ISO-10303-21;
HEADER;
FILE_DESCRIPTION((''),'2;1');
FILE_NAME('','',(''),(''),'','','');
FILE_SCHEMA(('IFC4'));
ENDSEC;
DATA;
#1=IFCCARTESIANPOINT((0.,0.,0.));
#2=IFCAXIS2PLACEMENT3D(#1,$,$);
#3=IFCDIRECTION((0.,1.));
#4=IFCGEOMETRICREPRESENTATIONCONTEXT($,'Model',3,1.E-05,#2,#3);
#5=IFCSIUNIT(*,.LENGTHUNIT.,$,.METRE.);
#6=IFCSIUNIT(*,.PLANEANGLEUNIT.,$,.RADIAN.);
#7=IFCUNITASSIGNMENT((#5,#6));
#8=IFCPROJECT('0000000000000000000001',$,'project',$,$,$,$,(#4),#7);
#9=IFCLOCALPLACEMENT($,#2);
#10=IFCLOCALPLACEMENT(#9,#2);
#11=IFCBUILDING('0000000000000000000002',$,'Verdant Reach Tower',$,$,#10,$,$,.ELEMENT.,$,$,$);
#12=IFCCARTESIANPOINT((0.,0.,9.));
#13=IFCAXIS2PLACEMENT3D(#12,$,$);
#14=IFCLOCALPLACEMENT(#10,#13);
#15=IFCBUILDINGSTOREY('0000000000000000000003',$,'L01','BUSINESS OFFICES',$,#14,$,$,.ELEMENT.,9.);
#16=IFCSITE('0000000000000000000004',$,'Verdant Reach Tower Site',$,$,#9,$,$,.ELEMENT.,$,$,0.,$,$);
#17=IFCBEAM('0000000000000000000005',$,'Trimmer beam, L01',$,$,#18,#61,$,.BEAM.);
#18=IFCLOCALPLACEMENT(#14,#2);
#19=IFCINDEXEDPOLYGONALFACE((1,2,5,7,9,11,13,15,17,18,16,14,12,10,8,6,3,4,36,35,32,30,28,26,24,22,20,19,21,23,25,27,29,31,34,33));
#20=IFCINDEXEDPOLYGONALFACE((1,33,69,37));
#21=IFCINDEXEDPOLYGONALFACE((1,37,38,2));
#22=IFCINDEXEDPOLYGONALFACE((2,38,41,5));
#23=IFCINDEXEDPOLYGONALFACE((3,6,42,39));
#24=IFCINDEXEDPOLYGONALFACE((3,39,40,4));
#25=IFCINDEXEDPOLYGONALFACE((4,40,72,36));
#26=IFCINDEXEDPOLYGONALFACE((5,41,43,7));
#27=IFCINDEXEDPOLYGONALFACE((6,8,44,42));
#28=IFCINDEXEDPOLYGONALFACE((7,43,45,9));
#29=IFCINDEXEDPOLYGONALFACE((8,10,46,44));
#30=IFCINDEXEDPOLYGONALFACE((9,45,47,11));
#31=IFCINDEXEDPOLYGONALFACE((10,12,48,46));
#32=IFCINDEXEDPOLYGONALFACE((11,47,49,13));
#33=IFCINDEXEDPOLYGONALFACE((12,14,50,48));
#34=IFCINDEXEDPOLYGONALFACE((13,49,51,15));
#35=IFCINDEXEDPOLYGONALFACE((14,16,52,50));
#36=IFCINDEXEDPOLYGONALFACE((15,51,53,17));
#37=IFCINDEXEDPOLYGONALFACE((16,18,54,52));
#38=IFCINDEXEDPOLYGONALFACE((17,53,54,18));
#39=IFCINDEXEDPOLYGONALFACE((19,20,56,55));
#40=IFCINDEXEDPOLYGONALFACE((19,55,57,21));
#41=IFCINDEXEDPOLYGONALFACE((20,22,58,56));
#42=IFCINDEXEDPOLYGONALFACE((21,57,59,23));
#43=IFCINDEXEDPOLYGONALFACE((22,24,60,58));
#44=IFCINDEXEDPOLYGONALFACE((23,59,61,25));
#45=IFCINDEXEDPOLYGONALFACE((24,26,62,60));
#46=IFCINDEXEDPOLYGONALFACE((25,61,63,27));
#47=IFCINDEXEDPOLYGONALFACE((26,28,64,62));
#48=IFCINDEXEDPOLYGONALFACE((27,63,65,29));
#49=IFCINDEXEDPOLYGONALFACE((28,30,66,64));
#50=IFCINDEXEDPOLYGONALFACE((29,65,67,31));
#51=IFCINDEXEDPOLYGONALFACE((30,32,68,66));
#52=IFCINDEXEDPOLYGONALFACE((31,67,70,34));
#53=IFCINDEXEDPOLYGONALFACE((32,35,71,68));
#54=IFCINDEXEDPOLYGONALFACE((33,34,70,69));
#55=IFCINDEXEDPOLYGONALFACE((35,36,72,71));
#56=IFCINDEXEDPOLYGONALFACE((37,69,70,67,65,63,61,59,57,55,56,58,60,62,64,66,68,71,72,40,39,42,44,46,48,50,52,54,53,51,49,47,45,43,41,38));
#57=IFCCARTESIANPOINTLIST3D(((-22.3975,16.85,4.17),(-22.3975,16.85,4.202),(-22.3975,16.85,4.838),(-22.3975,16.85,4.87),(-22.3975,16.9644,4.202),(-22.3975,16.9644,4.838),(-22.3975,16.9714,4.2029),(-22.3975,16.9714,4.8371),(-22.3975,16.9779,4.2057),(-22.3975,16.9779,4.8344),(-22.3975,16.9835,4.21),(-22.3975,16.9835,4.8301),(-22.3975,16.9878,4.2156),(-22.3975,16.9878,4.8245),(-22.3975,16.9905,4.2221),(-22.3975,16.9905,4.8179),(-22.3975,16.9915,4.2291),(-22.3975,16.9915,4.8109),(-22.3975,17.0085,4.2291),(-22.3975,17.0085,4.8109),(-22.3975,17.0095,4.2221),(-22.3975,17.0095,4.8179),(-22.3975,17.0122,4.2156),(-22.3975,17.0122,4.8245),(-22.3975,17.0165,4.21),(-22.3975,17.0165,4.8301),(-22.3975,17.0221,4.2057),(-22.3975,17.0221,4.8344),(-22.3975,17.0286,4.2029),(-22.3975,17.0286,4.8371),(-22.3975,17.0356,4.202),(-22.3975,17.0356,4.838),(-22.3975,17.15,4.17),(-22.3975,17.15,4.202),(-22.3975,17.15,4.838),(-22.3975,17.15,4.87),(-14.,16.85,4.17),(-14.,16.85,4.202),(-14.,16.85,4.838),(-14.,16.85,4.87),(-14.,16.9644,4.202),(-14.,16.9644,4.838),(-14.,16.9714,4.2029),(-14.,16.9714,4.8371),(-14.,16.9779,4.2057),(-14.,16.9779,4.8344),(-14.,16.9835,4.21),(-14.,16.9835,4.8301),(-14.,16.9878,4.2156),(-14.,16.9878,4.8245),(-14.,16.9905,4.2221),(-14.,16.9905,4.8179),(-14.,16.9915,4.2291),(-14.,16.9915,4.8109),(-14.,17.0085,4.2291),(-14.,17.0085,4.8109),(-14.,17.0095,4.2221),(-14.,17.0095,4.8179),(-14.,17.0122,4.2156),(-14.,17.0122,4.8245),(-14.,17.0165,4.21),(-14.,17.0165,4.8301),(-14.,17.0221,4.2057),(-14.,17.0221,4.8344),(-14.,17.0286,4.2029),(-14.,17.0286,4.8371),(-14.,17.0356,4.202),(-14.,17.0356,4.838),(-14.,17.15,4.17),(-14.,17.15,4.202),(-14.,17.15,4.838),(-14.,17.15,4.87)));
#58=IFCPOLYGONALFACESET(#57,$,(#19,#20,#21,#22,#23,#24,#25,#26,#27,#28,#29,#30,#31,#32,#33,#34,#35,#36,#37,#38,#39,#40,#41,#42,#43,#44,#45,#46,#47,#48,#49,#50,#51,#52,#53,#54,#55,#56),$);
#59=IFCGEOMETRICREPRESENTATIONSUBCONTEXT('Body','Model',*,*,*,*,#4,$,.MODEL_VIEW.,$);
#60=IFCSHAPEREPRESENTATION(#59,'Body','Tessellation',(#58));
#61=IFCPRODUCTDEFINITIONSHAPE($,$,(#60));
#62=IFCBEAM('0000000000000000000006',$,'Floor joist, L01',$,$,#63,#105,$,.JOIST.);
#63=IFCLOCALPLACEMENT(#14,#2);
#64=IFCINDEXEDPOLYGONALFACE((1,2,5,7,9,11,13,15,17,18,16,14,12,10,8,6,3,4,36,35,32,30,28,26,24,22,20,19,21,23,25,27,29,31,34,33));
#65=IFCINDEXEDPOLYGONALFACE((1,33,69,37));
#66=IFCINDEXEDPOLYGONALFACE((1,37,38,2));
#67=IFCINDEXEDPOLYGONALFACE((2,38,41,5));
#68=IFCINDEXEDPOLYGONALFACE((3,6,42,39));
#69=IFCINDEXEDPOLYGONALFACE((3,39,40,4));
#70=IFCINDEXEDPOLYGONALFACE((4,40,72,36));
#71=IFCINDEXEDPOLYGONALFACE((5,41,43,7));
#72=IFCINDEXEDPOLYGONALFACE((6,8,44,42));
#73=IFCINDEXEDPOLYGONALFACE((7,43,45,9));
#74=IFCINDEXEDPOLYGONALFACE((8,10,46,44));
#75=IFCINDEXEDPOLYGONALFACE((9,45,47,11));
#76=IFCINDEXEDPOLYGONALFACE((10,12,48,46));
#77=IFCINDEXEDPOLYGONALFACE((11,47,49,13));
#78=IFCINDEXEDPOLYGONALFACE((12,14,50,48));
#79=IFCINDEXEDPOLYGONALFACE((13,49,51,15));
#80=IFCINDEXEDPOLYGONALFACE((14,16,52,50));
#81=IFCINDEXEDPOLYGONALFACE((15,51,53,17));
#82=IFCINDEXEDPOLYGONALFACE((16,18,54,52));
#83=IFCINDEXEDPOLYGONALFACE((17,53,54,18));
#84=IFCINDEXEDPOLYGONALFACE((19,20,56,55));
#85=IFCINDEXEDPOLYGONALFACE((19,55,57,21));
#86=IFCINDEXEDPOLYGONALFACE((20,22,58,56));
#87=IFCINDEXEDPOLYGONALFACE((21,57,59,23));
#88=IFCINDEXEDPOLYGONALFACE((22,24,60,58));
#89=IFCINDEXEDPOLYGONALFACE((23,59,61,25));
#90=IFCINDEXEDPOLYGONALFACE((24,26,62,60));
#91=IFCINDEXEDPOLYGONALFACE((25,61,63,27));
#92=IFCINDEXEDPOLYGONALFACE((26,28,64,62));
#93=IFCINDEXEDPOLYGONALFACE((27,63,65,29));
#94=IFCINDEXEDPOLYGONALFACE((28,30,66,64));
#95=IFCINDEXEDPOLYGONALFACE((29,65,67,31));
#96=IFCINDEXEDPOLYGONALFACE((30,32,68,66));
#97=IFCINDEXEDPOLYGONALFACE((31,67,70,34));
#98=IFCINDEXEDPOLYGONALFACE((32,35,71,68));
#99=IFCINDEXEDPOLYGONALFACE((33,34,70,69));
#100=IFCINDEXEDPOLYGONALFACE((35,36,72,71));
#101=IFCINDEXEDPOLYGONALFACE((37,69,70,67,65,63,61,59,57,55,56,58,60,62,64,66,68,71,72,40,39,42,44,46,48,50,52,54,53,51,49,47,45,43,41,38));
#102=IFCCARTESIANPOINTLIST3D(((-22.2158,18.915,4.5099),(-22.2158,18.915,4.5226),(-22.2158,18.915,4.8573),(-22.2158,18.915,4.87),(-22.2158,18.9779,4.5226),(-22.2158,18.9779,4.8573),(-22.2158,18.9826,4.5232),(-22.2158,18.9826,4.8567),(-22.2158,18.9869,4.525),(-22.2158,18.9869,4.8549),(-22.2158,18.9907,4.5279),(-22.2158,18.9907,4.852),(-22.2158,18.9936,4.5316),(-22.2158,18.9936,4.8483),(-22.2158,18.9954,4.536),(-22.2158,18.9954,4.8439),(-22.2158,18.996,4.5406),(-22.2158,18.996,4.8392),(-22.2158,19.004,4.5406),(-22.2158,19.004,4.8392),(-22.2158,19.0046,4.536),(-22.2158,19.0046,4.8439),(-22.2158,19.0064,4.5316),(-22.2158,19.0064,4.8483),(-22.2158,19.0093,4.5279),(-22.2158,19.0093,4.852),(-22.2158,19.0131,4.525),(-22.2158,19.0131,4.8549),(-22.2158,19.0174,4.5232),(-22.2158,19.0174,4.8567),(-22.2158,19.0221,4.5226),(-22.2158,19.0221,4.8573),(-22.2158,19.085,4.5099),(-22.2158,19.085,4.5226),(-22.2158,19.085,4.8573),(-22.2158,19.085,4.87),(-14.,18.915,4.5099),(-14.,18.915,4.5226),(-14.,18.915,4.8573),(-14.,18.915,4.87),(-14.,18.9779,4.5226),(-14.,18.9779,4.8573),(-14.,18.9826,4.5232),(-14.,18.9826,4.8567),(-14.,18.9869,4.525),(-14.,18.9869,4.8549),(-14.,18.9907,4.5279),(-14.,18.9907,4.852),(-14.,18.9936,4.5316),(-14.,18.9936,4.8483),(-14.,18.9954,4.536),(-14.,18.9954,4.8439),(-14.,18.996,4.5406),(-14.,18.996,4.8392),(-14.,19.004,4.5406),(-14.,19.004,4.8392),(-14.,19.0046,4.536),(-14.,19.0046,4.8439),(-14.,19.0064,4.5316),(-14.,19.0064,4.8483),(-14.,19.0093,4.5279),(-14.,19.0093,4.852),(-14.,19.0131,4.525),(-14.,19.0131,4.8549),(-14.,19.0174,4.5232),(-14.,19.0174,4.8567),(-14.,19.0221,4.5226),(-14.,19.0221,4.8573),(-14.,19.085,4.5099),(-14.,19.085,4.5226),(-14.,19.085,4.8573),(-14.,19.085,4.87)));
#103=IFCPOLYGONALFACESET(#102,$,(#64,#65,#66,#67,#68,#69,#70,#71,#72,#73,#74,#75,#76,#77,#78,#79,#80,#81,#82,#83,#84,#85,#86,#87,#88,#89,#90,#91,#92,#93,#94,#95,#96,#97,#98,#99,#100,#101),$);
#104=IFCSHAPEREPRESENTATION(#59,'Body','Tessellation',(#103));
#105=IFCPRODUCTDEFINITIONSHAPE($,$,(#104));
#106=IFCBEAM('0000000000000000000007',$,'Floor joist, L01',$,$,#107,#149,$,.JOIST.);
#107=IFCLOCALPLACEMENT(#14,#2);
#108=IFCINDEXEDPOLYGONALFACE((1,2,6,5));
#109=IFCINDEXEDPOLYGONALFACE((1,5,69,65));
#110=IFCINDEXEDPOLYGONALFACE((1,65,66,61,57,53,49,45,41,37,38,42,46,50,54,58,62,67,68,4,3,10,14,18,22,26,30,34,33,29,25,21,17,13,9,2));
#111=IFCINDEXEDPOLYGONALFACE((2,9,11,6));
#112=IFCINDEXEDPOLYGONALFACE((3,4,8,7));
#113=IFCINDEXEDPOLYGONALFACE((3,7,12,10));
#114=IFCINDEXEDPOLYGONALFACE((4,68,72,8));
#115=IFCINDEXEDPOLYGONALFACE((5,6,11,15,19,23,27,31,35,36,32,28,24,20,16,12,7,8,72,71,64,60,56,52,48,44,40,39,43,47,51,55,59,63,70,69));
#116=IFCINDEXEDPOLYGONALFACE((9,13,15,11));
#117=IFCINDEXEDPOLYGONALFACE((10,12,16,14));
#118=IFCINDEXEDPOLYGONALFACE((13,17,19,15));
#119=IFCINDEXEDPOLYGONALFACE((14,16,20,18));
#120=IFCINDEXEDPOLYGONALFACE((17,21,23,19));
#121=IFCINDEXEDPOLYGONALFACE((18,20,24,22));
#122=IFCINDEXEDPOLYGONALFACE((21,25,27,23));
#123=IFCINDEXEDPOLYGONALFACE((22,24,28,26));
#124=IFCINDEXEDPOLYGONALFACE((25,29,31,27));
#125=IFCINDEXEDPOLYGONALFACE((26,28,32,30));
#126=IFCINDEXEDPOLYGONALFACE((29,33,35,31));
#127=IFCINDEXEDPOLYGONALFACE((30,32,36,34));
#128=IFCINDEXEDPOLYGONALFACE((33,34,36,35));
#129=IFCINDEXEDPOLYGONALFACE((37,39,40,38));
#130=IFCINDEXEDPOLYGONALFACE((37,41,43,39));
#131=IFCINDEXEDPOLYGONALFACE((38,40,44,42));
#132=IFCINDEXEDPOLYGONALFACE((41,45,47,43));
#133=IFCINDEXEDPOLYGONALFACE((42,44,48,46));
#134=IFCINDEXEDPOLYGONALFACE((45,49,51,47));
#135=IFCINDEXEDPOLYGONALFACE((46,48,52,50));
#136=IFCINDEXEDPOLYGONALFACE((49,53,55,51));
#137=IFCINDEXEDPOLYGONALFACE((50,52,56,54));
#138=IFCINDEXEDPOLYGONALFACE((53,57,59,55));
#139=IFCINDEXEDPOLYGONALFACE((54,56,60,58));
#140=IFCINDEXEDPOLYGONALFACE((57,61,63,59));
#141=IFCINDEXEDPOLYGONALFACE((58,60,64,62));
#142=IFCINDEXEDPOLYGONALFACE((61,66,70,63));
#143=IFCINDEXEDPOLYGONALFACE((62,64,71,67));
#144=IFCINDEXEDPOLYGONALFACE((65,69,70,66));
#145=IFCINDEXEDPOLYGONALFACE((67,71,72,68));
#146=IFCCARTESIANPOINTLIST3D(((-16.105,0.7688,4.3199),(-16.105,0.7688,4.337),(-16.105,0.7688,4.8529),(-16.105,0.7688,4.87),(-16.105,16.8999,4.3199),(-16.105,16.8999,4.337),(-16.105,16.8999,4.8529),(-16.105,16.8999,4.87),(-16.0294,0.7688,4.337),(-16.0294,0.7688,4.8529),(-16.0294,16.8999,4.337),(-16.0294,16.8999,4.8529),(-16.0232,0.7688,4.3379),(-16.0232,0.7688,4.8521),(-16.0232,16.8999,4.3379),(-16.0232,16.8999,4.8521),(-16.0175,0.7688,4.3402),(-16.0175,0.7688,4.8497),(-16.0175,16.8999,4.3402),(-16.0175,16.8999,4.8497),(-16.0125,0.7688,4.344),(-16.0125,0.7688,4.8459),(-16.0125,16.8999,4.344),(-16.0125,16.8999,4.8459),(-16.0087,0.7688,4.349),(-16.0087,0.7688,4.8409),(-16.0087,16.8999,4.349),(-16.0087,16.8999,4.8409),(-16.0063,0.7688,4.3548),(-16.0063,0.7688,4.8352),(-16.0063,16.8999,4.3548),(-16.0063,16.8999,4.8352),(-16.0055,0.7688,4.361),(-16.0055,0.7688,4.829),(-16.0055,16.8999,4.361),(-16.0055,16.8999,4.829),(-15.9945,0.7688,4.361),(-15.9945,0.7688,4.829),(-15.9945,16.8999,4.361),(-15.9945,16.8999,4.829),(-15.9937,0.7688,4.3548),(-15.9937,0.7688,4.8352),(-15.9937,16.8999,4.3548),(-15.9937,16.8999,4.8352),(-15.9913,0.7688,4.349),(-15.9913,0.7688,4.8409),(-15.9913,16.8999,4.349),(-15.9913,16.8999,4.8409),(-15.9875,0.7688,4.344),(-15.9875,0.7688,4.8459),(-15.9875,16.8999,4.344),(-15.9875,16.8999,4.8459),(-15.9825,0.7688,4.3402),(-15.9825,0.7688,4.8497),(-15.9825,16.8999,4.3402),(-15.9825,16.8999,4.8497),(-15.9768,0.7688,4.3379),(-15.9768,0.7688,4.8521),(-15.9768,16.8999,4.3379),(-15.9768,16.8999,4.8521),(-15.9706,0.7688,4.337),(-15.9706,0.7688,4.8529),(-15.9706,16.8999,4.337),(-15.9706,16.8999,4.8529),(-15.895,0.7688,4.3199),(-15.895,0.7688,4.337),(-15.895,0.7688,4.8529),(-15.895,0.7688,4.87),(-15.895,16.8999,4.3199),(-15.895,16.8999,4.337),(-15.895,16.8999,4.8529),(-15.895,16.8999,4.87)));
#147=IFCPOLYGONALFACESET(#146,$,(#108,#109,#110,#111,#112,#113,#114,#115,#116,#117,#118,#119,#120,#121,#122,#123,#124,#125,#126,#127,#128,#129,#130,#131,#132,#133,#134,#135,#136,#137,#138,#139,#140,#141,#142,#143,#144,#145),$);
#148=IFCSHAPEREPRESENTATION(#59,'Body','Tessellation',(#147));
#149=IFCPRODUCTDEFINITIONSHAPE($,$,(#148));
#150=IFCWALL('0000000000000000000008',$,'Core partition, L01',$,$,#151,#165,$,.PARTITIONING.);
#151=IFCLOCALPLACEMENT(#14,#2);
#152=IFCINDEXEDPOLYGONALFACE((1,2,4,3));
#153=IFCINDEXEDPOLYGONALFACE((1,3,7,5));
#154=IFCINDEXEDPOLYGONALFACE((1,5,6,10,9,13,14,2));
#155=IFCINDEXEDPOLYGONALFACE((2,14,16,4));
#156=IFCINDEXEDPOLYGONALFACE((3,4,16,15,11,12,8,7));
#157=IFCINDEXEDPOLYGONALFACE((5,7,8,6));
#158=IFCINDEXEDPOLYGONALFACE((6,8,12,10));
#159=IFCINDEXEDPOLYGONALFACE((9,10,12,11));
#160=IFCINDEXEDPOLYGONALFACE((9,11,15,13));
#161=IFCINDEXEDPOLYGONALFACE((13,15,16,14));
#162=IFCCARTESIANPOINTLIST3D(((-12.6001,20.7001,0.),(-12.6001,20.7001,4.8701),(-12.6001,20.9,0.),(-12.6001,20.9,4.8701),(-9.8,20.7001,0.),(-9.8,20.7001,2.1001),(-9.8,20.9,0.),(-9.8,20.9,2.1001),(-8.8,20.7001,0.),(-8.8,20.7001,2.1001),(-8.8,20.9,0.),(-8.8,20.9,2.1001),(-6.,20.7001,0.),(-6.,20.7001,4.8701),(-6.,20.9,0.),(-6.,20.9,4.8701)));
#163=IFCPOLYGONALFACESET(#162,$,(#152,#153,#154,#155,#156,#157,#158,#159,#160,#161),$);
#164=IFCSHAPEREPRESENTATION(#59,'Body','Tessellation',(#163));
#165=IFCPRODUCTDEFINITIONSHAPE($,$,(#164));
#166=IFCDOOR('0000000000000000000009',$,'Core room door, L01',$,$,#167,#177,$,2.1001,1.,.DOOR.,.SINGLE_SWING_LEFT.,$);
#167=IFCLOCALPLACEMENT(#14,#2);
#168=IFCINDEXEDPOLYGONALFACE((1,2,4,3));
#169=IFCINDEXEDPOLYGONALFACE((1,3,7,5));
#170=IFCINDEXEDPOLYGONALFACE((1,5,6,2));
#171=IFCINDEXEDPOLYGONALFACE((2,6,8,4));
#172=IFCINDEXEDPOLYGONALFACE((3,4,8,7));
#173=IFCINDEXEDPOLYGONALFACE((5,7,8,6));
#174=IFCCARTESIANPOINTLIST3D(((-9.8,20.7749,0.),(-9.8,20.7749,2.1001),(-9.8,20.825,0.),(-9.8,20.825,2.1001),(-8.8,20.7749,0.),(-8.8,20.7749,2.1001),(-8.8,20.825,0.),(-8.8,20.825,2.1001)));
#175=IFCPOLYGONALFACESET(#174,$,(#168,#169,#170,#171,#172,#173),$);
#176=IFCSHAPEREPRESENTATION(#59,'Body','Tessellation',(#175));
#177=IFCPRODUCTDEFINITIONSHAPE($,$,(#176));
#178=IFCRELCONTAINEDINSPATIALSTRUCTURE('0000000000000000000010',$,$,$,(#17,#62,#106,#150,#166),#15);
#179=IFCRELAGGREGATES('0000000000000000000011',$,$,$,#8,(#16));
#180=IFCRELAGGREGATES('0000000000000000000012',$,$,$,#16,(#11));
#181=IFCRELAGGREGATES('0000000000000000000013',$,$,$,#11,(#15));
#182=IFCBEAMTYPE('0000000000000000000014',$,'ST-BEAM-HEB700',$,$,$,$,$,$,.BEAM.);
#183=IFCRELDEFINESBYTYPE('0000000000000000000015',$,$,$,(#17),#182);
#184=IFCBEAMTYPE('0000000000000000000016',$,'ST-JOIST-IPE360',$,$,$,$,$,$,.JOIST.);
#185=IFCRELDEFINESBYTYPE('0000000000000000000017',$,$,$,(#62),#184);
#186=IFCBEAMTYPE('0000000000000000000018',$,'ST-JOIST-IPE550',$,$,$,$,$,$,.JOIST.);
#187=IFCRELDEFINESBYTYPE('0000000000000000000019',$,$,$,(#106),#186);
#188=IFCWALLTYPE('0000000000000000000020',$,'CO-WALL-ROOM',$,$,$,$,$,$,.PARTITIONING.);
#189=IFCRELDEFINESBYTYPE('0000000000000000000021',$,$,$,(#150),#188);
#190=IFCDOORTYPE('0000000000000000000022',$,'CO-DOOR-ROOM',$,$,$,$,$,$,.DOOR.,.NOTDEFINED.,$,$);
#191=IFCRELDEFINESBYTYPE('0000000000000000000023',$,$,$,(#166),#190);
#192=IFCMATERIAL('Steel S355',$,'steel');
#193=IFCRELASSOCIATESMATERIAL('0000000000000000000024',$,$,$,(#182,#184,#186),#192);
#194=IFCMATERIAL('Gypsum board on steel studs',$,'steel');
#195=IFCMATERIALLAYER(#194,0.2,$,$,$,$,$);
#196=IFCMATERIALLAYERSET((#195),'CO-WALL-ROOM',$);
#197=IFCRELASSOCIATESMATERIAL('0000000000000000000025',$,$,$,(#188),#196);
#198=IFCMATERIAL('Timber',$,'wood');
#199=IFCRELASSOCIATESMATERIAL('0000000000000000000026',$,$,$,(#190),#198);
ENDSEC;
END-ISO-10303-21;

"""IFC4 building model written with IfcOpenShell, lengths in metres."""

from ifc_helpers import new_model, si_unit, direction, frame, frame_2d, origin, origin_2d, place, context, subcontext, project, spatial, rectangle, i_section, extrude, material, layer, layer_set, material_profile, profile_set, type_object, element, fill, save


model = new_model("IFC4")

# Units and contexts
model_context = context("Model", 3, precision=1e-05, world=origin(), true_north=direction((0.0, 1.0)))
body_context = subcontext(model_context, "Body", "Model", "MODEL_VIEW")
ifc_project = project(units=[si_unit("LENGTHUNIT", "METRE"), si_unit("PLANEANGLEUNIT", "RADIAN")], contexts=[model_context])

# Site, building, storey
site_placement = place(None, origin())
site = spatial("IfcSite", under=ifc_project, at=site_placement, Name="Verdant Reach Tower Site", CompositionType="ELEMENT", RefElevation=0.0)
building_placement = place(site_placement, origin())
building = spatial("IfcBuilding", under=site, at=building_placement, Name="Verdant Reach Tower", CompositionType="ELEMENT")
storey_placement = place(building_placement, frame((0.0, 0.0, 9.0)))
storey = spatial("IfcBuildingStorey", under=building, at=storey_placement, Name="L01", Description="BUSINESS OFFICES", CompositionType="ELEMENT", Elevation=9.0)

# Beams
ifc_material_1 = material(Name="Steel S355", Category="steel")
ifc_material_profile_1 = material_profile(ifc_material_1, i_section(OverallWidth=0.3, OverallDepth=0.7, WebThickness=0.0171, FlangeThickness=0.032, FilletRadius=0.0271, at=origin_2d()), Name="HEB 700")
ifc_profile_set_1 = profile_set([ifc_material_profile_1], Name="Steel S355")
beam_type_1 = type_object("IfcBeamType", Name="ST-BEAM-HEB700", PredefinedType="BEAM", material=ifc_profile_set_1)
beam_1_placement = place(storey_placement, frame((-14.0, 17.0, 4.52), z_axis=(-1.0, 0.0, 0.0), x_axis=(0.0, -1.0, 0.0)))
element("IfcBeam", 1, at=beam_1_placement, inside=storey, type_object=beam_type_1, Name="Trimmer beam, L01", PredefinedType="BEAM", context=body_context, shape_type="SweptSolid", body=[
    extrude(i_section(OverallWidth=0.3, OverallDepth=0.7, WebThickness=0.0171, FlangeThickness=0.032, FilletRadius=0.0271, at=origin_2d()), origin(), (0.0, 0.0, 1.0), 8.3975),
])
ifc_material_profile_2 = material_profile(ifc_material_1, i_section(OverallWidth=0.1699, OverallDepth=0.3601, WebThickness=0.0081, FlangeThickness=0.0127, FilletRadius=0.0181, at=origin_2d()), Name="IPE 360")
ifc_profile_set_2 = profile_set([ifc_material_profile_2], Name="Steel S355")
beam_type_2 = type_object("IfcBeamType", Name="ST-JOIST-IPE360", PredefinedType="JOIST", material=ifc_profile_set_2)
beam_2_placement = place(storey_placement, frame((-14.0, 19.0, 4.6899), z_axis=(-1.0, 0.0, 0.0), x_axis=(0.0, -1.0, 0.0)))
element("IfcBeam", 2, at=beam_2_placement, inside=storey, type_object=beam_type_2, Name="Floor joist, L01", PredefinedType="JOIST", context=body_context, shape_type="SweptSolid", body=[
    extrude(i_section(OverallWidth=0.1699, OverallDepth=0.3601, WebThickness=0.0081, FlangeThickness=0.0127, FilletRadius=0.0181, at=origin_2d()), origin(), (0.0, 0.0, 1.0), 8.2158),
])
ifc_material_profile_3 = material_profile(ifc_material_1, i_section(OverallWidth=0.21, OverallDepth=0.55, WebThickness=0.011, FlangeThickness=0.0171, FilletRadius=0.0239, at=origin_2d()), Name="IPE 550")
ifc_profile_set_3 = profile_set([ifc_material_profile_3], Name="Steel S355")
beam_type_3 = type_object("IfcBeamType", Name="ST-JOIST-IPE550", PredefinedType="JOIST", material=ifc_profile_set_3)
beam_3_placement = place(storey_placement, frame((-16.0, 16.8999, 4.595), z_axis=(0.0, -1.0, 0.0), x_axis=(1.0, 0.0, 0.0)))
element("IfcBeam", 3, at=beam_3_placement, inside=storey, type_object=beam_type_3, Name="Floor joist, L01", PredefinedType="JOIST", context=body_context, shape_type="SweptSolid", body=[
    extrude(i_section(OverallWidth=0.21, OverallDepth=0.55, WebThickness=0.011, FlangeThickness=0.0171, FilletRadius=0.0239, at=origin_2d()), origin(), (0.0, 0.0, 1.0), 16.1311),
])

# Wall, opening, door
ifc_material_2 = material(Name="Gypsum board on steel studs", Category="steel")
ifc_layer_1 = layer(ifc_material_2, 0.2)
ifc_layer_set_1 = layer_set([ifc_layer_1], Name="CO-WALL-ROOM")
wall_type_1 = type_object("IfcWallType", Name="CO-WALL-ROOM", PredefinedType="PARTITIONING", material=ifc_layer_set_1)
wall_1_placement = place(storey_placement, frame((-12.6001, 20.8, 0.0), z_axis=(0.0, 0.0, 1.0), x_axis=(1.0, 0.0, 0.0)))
wall_1 = element("IfcWall", 4, at=wall_1_placement, inside=storey, type_object=wall_type_1, Name="Core partition, L01", PredefinedType="PARTITIONING", context=body_context, shape_type="SweptSolid", body=[
    extrude(rectangle(XDim=6.6001, YDim=0.2, at=frame_2d((3.3, 0.0))), origin(), (0.0, 0.0, 1.0), 4.8701),
])
opening_1_placement = place(wall_1_placement, frame((2.8, 0.0, 0.0)))
opening_1 = element("IfcOpeningElement", 5, at=opening_1_placement, cuts=wall_1, PredefinedType="OPENING", context=body_context, shape_type="SweptSolid", body=[
    extrude(rectangle(XDim=1.0, YDim=2.1001, at=frame_2d((0.5, 1.05))), frame((0.0, 0.1099, 0.0), z_axis=(0.0, -1.0, 0.0), x_axis=(1.0, 0.0, 0.0)), (0.0, 0.0, 1.0), 0.22),
])
ifc_material_3 = material(Name="Timber", Category="wood")
door_type_1 = type_object("IfcDoorType", Name="CO-DOOR-ROOM", OperationType="NOTDEFINED", PredefinedType="DOOR", material=ifc_material_3)
door_1_placement = place(opening_1_placement, origin())
door_1 = element("IfcDoor", 6, at=door_1_placement, inside=storey, type_object=door_type_1, Name="Core room door, L01", OperationType="SINGLE_SWING_LEFT", OverallHeight=2.1001, OverallWidth=1.0, PredefinedType="DOOR", context=body_context, shape_type="SweptSolid", body=[
    extrude(rectangle(XDim=1.0, YDim=2.1001, at=frame_2d((0.5, 1.05))), frame((0.0, 0.0249, 0.0), z_axis=(0.0, -1.0, 0.0), x_axis=(1.0, 0.0, 0.0)), (0.0, 0.0, 1.0), 0.05),
])
fill(opening_1, door_1)

save(model, "model.ifc")
